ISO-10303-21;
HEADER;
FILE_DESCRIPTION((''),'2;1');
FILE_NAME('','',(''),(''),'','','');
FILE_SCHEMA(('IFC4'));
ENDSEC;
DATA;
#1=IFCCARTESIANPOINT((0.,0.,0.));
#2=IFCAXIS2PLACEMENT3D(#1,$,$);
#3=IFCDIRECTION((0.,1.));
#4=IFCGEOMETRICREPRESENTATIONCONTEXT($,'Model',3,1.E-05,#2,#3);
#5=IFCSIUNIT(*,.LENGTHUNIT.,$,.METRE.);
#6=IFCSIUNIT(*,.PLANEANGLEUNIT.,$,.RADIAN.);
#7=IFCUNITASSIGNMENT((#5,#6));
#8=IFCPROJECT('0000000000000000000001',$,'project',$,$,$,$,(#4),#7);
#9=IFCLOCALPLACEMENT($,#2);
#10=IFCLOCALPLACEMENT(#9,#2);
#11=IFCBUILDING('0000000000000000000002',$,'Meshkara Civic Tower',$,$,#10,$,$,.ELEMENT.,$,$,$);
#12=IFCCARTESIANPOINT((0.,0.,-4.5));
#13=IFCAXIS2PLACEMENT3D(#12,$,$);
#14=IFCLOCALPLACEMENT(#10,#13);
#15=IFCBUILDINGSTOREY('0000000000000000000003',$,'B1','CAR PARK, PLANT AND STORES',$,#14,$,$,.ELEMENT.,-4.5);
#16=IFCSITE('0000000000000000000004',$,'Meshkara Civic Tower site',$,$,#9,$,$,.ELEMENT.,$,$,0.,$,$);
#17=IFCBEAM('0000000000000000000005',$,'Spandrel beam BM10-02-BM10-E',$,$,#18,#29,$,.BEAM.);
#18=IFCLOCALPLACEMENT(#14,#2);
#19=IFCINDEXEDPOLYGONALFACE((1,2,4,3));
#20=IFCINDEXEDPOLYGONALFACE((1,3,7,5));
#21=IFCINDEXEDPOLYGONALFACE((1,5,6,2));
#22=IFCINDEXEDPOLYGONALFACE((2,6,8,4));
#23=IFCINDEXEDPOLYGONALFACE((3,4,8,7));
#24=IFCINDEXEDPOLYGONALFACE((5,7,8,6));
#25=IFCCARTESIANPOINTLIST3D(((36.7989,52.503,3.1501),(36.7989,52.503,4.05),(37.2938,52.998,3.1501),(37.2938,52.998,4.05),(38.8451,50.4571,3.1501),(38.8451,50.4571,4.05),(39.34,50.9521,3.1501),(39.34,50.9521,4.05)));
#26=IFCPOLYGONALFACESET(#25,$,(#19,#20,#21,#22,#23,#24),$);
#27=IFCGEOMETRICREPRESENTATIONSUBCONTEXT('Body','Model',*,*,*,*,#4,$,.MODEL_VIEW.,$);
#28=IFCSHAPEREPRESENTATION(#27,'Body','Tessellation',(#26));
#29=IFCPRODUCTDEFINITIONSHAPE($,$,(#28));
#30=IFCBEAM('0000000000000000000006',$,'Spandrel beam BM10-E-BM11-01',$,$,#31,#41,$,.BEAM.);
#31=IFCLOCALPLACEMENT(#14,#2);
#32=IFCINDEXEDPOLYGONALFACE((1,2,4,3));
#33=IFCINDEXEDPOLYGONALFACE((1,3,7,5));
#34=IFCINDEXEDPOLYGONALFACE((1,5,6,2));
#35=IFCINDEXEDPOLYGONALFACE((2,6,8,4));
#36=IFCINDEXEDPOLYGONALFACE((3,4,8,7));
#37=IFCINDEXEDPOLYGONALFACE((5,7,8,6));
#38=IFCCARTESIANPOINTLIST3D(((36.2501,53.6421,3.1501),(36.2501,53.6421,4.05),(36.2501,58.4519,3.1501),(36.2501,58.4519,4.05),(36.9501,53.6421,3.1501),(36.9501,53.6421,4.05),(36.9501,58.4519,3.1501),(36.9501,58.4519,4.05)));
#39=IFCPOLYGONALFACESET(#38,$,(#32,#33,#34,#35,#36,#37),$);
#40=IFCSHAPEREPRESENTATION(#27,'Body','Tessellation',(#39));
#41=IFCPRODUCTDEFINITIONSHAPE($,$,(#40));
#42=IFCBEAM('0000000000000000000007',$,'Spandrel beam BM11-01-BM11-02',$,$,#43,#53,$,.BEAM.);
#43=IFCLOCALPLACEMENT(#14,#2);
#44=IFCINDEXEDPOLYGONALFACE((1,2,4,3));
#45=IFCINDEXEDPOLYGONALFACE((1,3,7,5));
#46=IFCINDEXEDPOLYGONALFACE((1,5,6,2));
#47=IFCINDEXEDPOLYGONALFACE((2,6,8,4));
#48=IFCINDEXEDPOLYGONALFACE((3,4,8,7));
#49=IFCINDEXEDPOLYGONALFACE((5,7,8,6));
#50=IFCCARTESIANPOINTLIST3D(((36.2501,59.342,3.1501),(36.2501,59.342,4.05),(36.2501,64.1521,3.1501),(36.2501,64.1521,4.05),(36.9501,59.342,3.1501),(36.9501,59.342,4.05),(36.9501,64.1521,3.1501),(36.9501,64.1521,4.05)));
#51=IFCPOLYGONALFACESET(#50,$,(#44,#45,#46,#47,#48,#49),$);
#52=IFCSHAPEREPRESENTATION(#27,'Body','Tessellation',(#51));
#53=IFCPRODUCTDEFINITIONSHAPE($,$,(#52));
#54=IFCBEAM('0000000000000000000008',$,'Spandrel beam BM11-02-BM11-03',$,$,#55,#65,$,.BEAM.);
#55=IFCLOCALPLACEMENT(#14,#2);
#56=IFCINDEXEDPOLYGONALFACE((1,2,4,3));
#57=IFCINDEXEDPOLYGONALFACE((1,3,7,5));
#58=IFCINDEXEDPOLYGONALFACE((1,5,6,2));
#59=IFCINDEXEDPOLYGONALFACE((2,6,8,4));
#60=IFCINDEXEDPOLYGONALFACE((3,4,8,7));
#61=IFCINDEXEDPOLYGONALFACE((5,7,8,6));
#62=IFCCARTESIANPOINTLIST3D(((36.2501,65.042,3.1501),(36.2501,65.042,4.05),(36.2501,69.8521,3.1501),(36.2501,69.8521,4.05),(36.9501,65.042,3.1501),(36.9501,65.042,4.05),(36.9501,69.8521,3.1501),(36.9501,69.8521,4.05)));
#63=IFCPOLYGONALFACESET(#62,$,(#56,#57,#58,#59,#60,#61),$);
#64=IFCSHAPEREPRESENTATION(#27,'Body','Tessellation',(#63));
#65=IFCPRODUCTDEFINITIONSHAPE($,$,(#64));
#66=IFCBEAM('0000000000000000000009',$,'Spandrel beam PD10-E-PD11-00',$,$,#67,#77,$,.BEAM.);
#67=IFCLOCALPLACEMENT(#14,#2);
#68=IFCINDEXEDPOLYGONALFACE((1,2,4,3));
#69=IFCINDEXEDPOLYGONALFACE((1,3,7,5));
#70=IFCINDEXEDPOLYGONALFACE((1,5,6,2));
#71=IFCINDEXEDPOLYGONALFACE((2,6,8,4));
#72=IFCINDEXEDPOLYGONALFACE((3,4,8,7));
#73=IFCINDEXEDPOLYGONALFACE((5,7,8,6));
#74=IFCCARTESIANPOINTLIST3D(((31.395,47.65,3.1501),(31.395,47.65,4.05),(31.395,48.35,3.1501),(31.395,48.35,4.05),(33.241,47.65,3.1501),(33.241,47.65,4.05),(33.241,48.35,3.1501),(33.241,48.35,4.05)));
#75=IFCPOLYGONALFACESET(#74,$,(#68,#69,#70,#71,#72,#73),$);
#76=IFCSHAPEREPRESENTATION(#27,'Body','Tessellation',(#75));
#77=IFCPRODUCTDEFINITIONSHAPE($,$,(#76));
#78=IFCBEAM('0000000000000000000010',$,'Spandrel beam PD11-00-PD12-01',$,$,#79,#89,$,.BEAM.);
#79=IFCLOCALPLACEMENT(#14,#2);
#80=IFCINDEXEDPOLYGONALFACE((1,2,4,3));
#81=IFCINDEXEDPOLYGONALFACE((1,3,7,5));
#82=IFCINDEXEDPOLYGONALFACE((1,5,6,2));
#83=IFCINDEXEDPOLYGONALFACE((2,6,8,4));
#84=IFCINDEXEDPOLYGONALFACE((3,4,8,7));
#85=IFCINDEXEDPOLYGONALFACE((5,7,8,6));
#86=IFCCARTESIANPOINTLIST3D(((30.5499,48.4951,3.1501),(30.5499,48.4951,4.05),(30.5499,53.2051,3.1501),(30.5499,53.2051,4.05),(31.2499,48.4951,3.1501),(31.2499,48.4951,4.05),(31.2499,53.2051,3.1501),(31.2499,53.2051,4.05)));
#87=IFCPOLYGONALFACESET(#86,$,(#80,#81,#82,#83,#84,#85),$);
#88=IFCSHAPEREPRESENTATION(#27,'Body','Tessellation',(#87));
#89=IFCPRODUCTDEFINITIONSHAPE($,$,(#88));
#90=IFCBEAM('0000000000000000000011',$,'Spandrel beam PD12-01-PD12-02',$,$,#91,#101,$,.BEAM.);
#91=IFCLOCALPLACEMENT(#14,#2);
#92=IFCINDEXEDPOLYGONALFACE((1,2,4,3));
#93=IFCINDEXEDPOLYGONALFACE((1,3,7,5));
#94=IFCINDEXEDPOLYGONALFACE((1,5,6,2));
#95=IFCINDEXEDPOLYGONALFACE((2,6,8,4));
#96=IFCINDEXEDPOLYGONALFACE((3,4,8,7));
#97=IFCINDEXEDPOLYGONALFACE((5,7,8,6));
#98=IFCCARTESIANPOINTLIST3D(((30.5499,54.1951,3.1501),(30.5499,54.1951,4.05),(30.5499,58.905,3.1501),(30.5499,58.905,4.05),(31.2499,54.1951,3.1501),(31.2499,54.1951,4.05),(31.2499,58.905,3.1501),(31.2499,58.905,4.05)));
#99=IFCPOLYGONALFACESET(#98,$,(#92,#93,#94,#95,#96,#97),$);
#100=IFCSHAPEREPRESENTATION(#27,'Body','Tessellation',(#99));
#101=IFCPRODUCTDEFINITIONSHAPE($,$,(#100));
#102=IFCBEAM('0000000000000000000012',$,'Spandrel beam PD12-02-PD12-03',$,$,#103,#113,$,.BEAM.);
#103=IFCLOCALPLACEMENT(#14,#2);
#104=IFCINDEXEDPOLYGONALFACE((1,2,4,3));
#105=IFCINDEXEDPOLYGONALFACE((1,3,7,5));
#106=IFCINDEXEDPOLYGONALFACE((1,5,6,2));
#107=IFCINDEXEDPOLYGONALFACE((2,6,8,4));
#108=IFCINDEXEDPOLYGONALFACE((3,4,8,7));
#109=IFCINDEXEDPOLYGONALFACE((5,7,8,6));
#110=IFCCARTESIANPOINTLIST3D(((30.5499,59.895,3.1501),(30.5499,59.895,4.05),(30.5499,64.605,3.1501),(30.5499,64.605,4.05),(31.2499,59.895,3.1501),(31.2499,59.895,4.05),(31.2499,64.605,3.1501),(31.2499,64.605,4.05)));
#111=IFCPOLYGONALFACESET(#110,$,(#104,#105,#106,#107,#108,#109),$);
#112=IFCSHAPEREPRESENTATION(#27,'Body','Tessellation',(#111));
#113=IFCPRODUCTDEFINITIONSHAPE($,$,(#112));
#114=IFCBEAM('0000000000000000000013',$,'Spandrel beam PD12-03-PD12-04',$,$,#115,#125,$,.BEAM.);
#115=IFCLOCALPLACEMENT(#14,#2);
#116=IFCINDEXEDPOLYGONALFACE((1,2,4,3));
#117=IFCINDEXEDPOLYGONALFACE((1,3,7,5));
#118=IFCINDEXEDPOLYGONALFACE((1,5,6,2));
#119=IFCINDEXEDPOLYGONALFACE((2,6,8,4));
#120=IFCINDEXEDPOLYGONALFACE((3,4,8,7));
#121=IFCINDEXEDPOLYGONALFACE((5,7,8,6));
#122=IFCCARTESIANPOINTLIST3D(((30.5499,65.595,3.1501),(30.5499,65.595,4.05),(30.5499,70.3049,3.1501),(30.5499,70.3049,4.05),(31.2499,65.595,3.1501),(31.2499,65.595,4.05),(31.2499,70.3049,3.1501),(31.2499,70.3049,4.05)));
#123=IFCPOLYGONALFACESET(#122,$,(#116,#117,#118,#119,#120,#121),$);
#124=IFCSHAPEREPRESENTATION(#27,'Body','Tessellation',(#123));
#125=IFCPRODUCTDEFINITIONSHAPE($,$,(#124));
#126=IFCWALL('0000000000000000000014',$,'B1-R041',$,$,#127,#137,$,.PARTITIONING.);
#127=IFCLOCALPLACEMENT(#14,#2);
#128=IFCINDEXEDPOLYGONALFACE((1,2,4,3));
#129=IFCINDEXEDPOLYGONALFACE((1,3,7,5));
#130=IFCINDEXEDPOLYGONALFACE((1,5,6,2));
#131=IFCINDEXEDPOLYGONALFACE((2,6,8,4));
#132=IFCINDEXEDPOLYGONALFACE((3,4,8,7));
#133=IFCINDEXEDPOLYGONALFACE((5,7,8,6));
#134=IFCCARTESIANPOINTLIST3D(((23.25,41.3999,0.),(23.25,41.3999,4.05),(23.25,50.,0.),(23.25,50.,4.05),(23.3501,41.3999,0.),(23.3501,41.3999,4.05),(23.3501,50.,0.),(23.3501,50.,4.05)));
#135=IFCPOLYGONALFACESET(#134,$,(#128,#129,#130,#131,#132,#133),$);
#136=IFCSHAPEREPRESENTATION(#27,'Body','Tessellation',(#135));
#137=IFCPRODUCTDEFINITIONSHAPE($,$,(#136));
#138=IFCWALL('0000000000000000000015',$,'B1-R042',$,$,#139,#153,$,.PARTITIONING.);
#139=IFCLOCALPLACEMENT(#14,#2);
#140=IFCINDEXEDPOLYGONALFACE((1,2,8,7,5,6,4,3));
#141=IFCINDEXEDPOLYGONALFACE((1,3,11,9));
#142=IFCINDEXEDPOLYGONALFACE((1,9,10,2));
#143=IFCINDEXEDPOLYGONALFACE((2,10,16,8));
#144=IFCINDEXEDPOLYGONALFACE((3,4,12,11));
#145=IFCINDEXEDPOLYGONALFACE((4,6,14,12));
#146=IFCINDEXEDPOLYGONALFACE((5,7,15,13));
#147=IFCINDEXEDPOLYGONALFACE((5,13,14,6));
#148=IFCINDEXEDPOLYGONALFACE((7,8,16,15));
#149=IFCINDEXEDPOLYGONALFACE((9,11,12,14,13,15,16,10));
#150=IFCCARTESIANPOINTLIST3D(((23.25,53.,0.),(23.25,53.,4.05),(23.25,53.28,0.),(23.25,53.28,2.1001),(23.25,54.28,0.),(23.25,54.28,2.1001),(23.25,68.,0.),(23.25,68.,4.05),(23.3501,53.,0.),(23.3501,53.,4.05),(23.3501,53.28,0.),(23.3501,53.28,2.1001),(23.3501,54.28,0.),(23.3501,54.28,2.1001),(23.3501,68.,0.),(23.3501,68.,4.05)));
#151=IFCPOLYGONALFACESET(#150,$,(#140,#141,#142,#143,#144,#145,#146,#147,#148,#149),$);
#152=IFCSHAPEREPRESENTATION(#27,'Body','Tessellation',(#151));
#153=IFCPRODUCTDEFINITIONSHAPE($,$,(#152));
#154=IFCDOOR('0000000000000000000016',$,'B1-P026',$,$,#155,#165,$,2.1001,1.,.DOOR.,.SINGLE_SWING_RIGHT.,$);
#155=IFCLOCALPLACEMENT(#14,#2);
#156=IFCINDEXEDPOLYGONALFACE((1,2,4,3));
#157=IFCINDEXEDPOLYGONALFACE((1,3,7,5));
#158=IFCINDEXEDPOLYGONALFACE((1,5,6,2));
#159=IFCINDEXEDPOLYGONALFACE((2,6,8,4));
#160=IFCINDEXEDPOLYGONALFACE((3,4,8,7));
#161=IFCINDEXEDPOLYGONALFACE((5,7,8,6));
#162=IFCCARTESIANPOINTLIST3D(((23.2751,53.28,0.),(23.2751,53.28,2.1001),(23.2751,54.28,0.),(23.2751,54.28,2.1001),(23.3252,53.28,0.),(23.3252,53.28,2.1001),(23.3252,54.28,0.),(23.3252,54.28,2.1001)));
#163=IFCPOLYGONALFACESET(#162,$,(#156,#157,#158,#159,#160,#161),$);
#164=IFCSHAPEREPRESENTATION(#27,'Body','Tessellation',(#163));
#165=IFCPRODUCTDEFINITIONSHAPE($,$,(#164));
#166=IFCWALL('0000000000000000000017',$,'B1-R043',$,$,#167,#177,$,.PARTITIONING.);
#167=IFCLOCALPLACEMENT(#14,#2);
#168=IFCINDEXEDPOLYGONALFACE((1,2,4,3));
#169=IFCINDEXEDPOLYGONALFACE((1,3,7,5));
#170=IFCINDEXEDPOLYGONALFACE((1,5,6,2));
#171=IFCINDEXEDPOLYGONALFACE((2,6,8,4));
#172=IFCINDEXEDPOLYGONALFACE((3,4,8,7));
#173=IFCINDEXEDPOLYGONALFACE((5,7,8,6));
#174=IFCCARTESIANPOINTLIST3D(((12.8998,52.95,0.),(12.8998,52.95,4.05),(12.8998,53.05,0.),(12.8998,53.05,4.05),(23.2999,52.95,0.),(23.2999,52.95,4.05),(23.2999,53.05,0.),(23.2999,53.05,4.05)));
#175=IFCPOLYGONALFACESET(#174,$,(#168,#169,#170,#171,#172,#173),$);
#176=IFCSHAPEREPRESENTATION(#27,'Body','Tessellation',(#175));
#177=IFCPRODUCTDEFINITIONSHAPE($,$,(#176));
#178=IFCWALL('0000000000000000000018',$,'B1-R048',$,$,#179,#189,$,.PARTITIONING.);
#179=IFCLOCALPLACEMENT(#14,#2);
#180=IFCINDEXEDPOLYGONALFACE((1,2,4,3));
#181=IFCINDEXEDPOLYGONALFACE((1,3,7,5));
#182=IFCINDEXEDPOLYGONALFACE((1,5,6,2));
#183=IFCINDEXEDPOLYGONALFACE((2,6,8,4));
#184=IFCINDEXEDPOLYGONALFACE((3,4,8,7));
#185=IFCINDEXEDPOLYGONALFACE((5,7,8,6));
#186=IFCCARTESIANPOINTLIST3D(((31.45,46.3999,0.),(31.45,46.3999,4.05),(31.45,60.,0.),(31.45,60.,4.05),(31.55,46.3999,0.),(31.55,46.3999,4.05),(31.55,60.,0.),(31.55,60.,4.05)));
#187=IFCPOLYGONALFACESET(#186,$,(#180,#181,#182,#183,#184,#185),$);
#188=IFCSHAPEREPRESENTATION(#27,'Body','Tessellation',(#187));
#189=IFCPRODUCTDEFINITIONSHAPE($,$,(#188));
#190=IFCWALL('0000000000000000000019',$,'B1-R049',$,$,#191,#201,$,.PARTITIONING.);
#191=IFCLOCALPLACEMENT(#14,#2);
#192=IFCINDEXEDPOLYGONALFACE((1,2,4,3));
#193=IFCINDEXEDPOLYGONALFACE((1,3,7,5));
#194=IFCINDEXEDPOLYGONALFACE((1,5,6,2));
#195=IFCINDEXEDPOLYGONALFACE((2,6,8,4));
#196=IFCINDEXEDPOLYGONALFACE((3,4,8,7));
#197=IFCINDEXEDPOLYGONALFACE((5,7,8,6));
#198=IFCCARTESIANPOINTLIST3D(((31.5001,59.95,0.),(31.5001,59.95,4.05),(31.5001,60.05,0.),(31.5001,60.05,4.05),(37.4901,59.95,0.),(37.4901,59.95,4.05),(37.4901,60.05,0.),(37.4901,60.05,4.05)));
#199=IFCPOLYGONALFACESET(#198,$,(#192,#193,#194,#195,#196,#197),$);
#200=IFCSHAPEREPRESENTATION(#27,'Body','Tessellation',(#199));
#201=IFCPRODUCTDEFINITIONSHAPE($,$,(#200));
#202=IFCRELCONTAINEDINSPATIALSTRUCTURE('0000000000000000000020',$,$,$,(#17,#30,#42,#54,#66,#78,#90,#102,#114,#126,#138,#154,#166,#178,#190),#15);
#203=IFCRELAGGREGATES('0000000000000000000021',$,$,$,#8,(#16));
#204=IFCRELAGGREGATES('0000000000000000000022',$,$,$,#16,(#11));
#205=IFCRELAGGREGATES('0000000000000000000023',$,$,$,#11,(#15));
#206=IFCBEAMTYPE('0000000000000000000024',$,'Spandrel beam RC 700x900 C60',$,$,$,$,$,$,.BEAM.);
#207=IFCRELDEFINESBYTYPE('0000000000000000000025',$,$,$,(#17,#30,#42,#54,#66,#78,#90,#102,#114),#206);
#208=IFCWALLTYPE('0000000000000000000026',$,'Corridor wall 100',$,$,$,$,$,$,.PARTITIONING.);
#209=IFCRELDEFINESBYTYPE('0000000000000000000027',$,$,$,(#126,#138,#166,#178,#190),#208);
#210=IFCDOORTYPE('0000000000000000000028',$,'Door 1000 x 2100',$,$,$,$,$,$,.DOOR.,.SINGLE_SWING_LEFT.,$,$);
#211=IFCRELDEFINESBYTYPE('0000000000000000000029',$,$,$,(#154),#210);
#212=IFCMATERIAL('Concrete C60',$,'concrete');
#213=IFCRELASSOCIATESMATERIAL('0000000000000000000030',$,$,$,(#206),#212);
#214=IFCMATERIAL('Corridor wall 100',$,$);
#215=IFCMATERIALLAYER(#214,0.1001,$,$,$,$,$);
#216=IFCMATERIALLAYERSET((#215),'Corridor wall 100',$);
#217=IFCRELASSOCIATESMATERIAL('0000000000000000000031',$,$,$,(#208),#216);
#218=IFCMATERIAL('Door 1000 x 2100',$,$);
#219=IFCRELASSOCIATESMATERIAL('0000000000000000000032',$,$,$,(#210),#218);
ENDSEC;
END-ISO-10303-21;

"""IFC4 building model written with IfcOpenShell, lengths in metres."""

from ifc_helpers import new_model, si_unit, direction, frame, frame_2d, origin, origin_2d, place, context, subcontext, project, spatial, rectangle, extrude, material, layer, layer_set, material_profile, profile_set, type_object, element, fill, save


model = new_model("IFC4")

# Units and contexts
model_context = context("Model", 3, precision=1e-05, world=origin(), true_north=direction((0.0, 1.0)))
body_context = subcontext(model_context, "Body", "Model", "MODEL_VIEW")
ifc_project = project(units=[si_unit("LENGTHUNIT", "METRE"), si_unit("PLANEANGLEUNIT", "RADIAN")], contexts=[model_context])

# Site, building, storey
site_placement = place(None, origin())
site = spatial("IfcSite", under=ifc_project, at=site_placement, Name="Meshkara Civic Tower site", CompositionType="ELEMENT", RefElevation=0.0)
building_placement = place(site_placement, origin())
building = spatial("IfcBuilding", under=site, at=building_placement, Name="Meshkara Civic Tower", CompositionType="ELEMENT")
storey_placement = place(building_placement, frame((0.0, 0.0, -4.5)))
storey = spatial("IfcBuildingStorey", under=building, at=storey_placement, Name="B1", Description="CAR PARK, PLANT AND STORES", CompositionType="ELEMENT", Elevation=-4.5)

# Beams
ifc_material_1 = material(Name="Concrete C60", Category="concrete")
ifc_material_profile_1 = material_profile(ifc_material_1, rectangle(XDim=0.7, YDim=0.8999, at=origin_2d()))
ifc_profile_set_1 = profile_set([ifc_material_profile_1], Name="Concrete C60")
beam_type = type_object("IfcBeamType", Name="Spandrel beam RC 700x900 C60", PredefinedType="BEAM", material=ifc_profile_set_1)
beam_1_placement = place(storey_placement, frame((39.0925, 50.7046, 3.6001), z_axis=(-0.707149, 0.707065, 0.0), x_axis=(-0.707065, -0.707149, 0.0)))
element("IfcBeam", 1, at=beam_1_placement, inside=storey, type_object=beam_type, Name="Spandrel beam BM10-02-BM10-E", PredefinedType="BEAM", context=body_context, shape_type="SweptSolid", body=[
    extrude(rectangle(XDim=0.7, YDim=0.8999, at=origin_2d()), origin(), (0.0, 0.0, 1.0), 2.8936),
])
beam_2_placement = place(storey_placement, frame((36.6001, 53.6421, 3.6001), z_axis=(0.0, 1.0, 0.0), x_axis=(-1.0, 0.0, 0.0)))
element("IfcBeam", 2, at=beam_2_placement, inside=storey, type_object=beam_type, Name="Spandrel beam BM10-E-BM11-01", PredefinedType="BEAM", context=body_context, shape_type="SweptSolid", body=[
    extrude(rectangle(XDim=0.7, YDim=0.8999, at=origin_2d()), origin(), (0.0, 0.0, 1.0), 4.8098),
])
for number, where, z_axis, x_axis, name in (
    (3, (36.6001, 59.342, 3.6001), (0.0, 1.0, 0.0), (-1.0, 0.0, 0.0), "Spandrel beam BM11-01-BM11-02"),
    (4, (36.6001, 65.042, 3.6001), (0.0, 1.0, 0.0), (-1.0, 0.0, 0.0), "Spandrel beam BM11-02-BM11-03"),
):
    element("IfcBeam", number, at=place(storey_placement, frame(where, z_axis=z_axis, x_axis=x_axis)), inside=storey, type_object=beam_type, Name=name, PredefinedType="BEAM", context=body_context, shape_type="SweptSolid", body=[
        extrude(rectangle(XDim=0.7, YDim=0.8999, at=origin_2d()), origin(), (0.0, 0.0, 1.0), 4.8101),
    ])
beam_3_placement = place(storey_placement, frame((33.241, 48.0, 3.6001), z_axis=(-1.0, 0.0, 0.0), x_axis=(0.0, -1.0, 0.0)))
element("IfcBeam", 5, at=beam_3_placement, inside=storey, type_object=beam_type, Name="Spandrel beam PD10-E-PD11-00", PredefinedType="BEAM", context=body_context, shape_type="SweptSolid", body=[
    extrude(rectangle(XDim=0.7, YDim=0.8999, at=origin_2d()), origin(), (0.0, 0.0, 1.0), 1.8459),
])
for number, where, z_axis, x_axis, name in (
    (6, (30.8999, 48.4951, 3.6001), (0.0, 1.0, 0.0), (-1.0, 0.0, 0.0), "Spandrel beam PD11-00-PD12-01"),
    (7, (30.8999, 54.1951, 3.6001), (0.0, 1.0, 0.0), (-1.0, 0.0, 0.0), "Spandrel beam PD12-01-PD12-02"),
    (8, (30.8999, 59.895, 3.6001), (0.0, 1.0, 0.0), (-1.0, 0.0, 0.0), "Spandrel beam PD12-02-PD12-03"),
    (9, (30.8999, 65.595, 3.6001), (0.0, 1.0, 0.0), (-1.0, 0.0, 0.0), "Spandrel beam PD12-03-PD12-04"),
):
    element("IfcBeam", number, at=place(storey_placement, frame(where, z_axis=z_axis, x_axis=x_axis)), inside=storey, type_object=beam_type, Name=name, PredefinedType="BEAM", context=body_context, shape_type="SweptSolid", body=[
        extrude(rectangle(XDim=0.7, YDim=0.8999, at=origin_2d()), origin(), (0.0, 0.0, 1.0), 4.71),
    ])

# Wall
ifc_material_2 = material(Name="Corridor wall 100")
ifc_layer_1 = layer(ifc_material_2, 0.1001)
ifc_layer_set_1 = layer_set([ifc_layer_1], Name="Corridor wall 100")
wall_type_1 = type_object("IfcWallType", Name="Corridor wall 100", PredefinedType="PARTITIONING", material=ifc_layer_set_1)
wall_1_placement = place(storey_placement, frame((23.3, 50.0, 0.0), z_axis=(0.0, 0.0, 1.0), x_axis=(0.0, -1.0, 0.0)))
element("IfcWall", 10, at=wall_1_placement, inside=storey, type_object=wall_type_1, Name="B1-R041", PredefinedType="PARTITIONING", context=body_context, shape_type="SweptSolid", body=[
    extrude(rectangle(XDim=8.6001, YDim=0.1001, at=frame_2d((4.3, 0.0))), origin(), (0.0, 0.0, 1.0), 4.05),
])

# Wall, opening, door
wall_2_placement = place(storey_placement, frame((23.3, 53.0, 0.0), z_axis=(0.0, 0.0, 1.0), x_axis=(0.0, 1.0, 0.0)))
wall_2 = element("IfcWall", 11, at=wall_2_placement, inside=storey, type_object=wall_type_1, Name="B1-R042", PredefinedType="PARTITIONING", context=body_context, shape_type="SweptSolid", body=[
    extrude(rectangle(XDim=15.0, YDim=0.1001, at=frame_2d((7.5, 0.0))), origin(), (0.0, 0.0, 1.0), 4.05),
])
opening_placement = place(wall_2_placement, frame((0.28, 0.0, 0.0)))
opening = element("IfcOpeningElement", 12, at=opening_placement, cuts=wall_2, PredefinedType="OPENING", context=body_context, shape_type="SweptSolid", body=[
    extrude(rectangle(XDim=1.0, YDim=2.1001, at=frame_2d((0.5, 1.05))), frame((0.0, 0.0601, 0.0), z_axis=(0.0, -1.0, 0.0), x_axis=(1.0, 0.0, 0.0)), (0.0, 0.0, 1.0), 0.1201),
])
ifc_material_3 = material(Name="Door 1000 x 2100")
door_type = type_object("IfcDoorType", Name="Door 1000 x 2100", OperationType="SINGLE_SWING_LEFT", PredefinedType="DOOR", material=ifc_material_3)
door_placement = place(opening_placement, origin())
door = element("IfcDoor", 13, at=door_placement, inside=storey, type_object=door_type, Name="B1-P026", OperationType="SINGLE_SWING_RIGHT", OverallHeight=2.1001, OverallWidth=1.0, PredefinedType="DOOR", context=body_context, shape_type="SweptSolid", body=[
    extrude(rectangle(XDim=1.0, YDim=2.1001, at=frame_2d((0.5, 1.05))), frame((0.0, 0.0249, 0.0), z_axis=(0.0, -1.0, 0.0), x_axis=(1.0, 0.0, 0.0)), (0.0, 0.0, 1.0), 0.05),
])
fill(opening, door)

# Walls
wall_3_placement = place(storey_placement, frame((23.3, 53.0, 0.0), z_axis=(0.0, 0.0, 1.0), x_axis=(-1.0, 0.0, 0.0)))
element("IfcWall", 14, at=wall_3_placement, inside=storey, type_object=wall_type_1, Name="B1-R043", PredefinedType="PARTITIONING", context=body_context, shape_type="SweptSolid", body=[
    extrude(rectangle(XDim=10.4001, YDim=0.1001, at=frame_2d((5.2002, 0.0))), origin(), (0.0, 0.0, 1.0), 4.05),
])
wall_4_placement = place(storey_placement, frame((31.5, 46.3999, 0.0), z_axis=(0.0, 0.0, 1.0), x_axis=(0.0, 1.0, 0.0)))
element("IfcWall", 15, at=wall_4_placement, inside=storey, type_object=wall_type_1, Name="B1-R048", PredefinedType="PARTITIONING", context=body_context, shape_type="SweptSolid", body=[
    extrude(rectangle(XDim=13.6001, YDim=0.1001, at=frame_2d((6.8, 0.0))), origin(), (0.0, 0.0, 1.0), 4.05),
])
wall_5_placement = place(storey_placement, frame((31.5, 60.0, 0.0), z_axis=(0.0, 0.0, 1.0), x_axis=(1.0, 0.0, 0.0)))
element("IfcWall", 16, at=wall_5_placement, inside=storey, type_object=wall_type_1, Name="B1-R049", PredefinedType="PARTITIONING", context=body_context, shape_type="SweptSolid", body=[
    extrude(rectangle(XDim=5.99, YDim=0.1001, at=frame_2d((2.9951, 0.0))), origin(), (0.0, 0.0, 1.0), 4.05),
])

save(model, "model.ifc")
